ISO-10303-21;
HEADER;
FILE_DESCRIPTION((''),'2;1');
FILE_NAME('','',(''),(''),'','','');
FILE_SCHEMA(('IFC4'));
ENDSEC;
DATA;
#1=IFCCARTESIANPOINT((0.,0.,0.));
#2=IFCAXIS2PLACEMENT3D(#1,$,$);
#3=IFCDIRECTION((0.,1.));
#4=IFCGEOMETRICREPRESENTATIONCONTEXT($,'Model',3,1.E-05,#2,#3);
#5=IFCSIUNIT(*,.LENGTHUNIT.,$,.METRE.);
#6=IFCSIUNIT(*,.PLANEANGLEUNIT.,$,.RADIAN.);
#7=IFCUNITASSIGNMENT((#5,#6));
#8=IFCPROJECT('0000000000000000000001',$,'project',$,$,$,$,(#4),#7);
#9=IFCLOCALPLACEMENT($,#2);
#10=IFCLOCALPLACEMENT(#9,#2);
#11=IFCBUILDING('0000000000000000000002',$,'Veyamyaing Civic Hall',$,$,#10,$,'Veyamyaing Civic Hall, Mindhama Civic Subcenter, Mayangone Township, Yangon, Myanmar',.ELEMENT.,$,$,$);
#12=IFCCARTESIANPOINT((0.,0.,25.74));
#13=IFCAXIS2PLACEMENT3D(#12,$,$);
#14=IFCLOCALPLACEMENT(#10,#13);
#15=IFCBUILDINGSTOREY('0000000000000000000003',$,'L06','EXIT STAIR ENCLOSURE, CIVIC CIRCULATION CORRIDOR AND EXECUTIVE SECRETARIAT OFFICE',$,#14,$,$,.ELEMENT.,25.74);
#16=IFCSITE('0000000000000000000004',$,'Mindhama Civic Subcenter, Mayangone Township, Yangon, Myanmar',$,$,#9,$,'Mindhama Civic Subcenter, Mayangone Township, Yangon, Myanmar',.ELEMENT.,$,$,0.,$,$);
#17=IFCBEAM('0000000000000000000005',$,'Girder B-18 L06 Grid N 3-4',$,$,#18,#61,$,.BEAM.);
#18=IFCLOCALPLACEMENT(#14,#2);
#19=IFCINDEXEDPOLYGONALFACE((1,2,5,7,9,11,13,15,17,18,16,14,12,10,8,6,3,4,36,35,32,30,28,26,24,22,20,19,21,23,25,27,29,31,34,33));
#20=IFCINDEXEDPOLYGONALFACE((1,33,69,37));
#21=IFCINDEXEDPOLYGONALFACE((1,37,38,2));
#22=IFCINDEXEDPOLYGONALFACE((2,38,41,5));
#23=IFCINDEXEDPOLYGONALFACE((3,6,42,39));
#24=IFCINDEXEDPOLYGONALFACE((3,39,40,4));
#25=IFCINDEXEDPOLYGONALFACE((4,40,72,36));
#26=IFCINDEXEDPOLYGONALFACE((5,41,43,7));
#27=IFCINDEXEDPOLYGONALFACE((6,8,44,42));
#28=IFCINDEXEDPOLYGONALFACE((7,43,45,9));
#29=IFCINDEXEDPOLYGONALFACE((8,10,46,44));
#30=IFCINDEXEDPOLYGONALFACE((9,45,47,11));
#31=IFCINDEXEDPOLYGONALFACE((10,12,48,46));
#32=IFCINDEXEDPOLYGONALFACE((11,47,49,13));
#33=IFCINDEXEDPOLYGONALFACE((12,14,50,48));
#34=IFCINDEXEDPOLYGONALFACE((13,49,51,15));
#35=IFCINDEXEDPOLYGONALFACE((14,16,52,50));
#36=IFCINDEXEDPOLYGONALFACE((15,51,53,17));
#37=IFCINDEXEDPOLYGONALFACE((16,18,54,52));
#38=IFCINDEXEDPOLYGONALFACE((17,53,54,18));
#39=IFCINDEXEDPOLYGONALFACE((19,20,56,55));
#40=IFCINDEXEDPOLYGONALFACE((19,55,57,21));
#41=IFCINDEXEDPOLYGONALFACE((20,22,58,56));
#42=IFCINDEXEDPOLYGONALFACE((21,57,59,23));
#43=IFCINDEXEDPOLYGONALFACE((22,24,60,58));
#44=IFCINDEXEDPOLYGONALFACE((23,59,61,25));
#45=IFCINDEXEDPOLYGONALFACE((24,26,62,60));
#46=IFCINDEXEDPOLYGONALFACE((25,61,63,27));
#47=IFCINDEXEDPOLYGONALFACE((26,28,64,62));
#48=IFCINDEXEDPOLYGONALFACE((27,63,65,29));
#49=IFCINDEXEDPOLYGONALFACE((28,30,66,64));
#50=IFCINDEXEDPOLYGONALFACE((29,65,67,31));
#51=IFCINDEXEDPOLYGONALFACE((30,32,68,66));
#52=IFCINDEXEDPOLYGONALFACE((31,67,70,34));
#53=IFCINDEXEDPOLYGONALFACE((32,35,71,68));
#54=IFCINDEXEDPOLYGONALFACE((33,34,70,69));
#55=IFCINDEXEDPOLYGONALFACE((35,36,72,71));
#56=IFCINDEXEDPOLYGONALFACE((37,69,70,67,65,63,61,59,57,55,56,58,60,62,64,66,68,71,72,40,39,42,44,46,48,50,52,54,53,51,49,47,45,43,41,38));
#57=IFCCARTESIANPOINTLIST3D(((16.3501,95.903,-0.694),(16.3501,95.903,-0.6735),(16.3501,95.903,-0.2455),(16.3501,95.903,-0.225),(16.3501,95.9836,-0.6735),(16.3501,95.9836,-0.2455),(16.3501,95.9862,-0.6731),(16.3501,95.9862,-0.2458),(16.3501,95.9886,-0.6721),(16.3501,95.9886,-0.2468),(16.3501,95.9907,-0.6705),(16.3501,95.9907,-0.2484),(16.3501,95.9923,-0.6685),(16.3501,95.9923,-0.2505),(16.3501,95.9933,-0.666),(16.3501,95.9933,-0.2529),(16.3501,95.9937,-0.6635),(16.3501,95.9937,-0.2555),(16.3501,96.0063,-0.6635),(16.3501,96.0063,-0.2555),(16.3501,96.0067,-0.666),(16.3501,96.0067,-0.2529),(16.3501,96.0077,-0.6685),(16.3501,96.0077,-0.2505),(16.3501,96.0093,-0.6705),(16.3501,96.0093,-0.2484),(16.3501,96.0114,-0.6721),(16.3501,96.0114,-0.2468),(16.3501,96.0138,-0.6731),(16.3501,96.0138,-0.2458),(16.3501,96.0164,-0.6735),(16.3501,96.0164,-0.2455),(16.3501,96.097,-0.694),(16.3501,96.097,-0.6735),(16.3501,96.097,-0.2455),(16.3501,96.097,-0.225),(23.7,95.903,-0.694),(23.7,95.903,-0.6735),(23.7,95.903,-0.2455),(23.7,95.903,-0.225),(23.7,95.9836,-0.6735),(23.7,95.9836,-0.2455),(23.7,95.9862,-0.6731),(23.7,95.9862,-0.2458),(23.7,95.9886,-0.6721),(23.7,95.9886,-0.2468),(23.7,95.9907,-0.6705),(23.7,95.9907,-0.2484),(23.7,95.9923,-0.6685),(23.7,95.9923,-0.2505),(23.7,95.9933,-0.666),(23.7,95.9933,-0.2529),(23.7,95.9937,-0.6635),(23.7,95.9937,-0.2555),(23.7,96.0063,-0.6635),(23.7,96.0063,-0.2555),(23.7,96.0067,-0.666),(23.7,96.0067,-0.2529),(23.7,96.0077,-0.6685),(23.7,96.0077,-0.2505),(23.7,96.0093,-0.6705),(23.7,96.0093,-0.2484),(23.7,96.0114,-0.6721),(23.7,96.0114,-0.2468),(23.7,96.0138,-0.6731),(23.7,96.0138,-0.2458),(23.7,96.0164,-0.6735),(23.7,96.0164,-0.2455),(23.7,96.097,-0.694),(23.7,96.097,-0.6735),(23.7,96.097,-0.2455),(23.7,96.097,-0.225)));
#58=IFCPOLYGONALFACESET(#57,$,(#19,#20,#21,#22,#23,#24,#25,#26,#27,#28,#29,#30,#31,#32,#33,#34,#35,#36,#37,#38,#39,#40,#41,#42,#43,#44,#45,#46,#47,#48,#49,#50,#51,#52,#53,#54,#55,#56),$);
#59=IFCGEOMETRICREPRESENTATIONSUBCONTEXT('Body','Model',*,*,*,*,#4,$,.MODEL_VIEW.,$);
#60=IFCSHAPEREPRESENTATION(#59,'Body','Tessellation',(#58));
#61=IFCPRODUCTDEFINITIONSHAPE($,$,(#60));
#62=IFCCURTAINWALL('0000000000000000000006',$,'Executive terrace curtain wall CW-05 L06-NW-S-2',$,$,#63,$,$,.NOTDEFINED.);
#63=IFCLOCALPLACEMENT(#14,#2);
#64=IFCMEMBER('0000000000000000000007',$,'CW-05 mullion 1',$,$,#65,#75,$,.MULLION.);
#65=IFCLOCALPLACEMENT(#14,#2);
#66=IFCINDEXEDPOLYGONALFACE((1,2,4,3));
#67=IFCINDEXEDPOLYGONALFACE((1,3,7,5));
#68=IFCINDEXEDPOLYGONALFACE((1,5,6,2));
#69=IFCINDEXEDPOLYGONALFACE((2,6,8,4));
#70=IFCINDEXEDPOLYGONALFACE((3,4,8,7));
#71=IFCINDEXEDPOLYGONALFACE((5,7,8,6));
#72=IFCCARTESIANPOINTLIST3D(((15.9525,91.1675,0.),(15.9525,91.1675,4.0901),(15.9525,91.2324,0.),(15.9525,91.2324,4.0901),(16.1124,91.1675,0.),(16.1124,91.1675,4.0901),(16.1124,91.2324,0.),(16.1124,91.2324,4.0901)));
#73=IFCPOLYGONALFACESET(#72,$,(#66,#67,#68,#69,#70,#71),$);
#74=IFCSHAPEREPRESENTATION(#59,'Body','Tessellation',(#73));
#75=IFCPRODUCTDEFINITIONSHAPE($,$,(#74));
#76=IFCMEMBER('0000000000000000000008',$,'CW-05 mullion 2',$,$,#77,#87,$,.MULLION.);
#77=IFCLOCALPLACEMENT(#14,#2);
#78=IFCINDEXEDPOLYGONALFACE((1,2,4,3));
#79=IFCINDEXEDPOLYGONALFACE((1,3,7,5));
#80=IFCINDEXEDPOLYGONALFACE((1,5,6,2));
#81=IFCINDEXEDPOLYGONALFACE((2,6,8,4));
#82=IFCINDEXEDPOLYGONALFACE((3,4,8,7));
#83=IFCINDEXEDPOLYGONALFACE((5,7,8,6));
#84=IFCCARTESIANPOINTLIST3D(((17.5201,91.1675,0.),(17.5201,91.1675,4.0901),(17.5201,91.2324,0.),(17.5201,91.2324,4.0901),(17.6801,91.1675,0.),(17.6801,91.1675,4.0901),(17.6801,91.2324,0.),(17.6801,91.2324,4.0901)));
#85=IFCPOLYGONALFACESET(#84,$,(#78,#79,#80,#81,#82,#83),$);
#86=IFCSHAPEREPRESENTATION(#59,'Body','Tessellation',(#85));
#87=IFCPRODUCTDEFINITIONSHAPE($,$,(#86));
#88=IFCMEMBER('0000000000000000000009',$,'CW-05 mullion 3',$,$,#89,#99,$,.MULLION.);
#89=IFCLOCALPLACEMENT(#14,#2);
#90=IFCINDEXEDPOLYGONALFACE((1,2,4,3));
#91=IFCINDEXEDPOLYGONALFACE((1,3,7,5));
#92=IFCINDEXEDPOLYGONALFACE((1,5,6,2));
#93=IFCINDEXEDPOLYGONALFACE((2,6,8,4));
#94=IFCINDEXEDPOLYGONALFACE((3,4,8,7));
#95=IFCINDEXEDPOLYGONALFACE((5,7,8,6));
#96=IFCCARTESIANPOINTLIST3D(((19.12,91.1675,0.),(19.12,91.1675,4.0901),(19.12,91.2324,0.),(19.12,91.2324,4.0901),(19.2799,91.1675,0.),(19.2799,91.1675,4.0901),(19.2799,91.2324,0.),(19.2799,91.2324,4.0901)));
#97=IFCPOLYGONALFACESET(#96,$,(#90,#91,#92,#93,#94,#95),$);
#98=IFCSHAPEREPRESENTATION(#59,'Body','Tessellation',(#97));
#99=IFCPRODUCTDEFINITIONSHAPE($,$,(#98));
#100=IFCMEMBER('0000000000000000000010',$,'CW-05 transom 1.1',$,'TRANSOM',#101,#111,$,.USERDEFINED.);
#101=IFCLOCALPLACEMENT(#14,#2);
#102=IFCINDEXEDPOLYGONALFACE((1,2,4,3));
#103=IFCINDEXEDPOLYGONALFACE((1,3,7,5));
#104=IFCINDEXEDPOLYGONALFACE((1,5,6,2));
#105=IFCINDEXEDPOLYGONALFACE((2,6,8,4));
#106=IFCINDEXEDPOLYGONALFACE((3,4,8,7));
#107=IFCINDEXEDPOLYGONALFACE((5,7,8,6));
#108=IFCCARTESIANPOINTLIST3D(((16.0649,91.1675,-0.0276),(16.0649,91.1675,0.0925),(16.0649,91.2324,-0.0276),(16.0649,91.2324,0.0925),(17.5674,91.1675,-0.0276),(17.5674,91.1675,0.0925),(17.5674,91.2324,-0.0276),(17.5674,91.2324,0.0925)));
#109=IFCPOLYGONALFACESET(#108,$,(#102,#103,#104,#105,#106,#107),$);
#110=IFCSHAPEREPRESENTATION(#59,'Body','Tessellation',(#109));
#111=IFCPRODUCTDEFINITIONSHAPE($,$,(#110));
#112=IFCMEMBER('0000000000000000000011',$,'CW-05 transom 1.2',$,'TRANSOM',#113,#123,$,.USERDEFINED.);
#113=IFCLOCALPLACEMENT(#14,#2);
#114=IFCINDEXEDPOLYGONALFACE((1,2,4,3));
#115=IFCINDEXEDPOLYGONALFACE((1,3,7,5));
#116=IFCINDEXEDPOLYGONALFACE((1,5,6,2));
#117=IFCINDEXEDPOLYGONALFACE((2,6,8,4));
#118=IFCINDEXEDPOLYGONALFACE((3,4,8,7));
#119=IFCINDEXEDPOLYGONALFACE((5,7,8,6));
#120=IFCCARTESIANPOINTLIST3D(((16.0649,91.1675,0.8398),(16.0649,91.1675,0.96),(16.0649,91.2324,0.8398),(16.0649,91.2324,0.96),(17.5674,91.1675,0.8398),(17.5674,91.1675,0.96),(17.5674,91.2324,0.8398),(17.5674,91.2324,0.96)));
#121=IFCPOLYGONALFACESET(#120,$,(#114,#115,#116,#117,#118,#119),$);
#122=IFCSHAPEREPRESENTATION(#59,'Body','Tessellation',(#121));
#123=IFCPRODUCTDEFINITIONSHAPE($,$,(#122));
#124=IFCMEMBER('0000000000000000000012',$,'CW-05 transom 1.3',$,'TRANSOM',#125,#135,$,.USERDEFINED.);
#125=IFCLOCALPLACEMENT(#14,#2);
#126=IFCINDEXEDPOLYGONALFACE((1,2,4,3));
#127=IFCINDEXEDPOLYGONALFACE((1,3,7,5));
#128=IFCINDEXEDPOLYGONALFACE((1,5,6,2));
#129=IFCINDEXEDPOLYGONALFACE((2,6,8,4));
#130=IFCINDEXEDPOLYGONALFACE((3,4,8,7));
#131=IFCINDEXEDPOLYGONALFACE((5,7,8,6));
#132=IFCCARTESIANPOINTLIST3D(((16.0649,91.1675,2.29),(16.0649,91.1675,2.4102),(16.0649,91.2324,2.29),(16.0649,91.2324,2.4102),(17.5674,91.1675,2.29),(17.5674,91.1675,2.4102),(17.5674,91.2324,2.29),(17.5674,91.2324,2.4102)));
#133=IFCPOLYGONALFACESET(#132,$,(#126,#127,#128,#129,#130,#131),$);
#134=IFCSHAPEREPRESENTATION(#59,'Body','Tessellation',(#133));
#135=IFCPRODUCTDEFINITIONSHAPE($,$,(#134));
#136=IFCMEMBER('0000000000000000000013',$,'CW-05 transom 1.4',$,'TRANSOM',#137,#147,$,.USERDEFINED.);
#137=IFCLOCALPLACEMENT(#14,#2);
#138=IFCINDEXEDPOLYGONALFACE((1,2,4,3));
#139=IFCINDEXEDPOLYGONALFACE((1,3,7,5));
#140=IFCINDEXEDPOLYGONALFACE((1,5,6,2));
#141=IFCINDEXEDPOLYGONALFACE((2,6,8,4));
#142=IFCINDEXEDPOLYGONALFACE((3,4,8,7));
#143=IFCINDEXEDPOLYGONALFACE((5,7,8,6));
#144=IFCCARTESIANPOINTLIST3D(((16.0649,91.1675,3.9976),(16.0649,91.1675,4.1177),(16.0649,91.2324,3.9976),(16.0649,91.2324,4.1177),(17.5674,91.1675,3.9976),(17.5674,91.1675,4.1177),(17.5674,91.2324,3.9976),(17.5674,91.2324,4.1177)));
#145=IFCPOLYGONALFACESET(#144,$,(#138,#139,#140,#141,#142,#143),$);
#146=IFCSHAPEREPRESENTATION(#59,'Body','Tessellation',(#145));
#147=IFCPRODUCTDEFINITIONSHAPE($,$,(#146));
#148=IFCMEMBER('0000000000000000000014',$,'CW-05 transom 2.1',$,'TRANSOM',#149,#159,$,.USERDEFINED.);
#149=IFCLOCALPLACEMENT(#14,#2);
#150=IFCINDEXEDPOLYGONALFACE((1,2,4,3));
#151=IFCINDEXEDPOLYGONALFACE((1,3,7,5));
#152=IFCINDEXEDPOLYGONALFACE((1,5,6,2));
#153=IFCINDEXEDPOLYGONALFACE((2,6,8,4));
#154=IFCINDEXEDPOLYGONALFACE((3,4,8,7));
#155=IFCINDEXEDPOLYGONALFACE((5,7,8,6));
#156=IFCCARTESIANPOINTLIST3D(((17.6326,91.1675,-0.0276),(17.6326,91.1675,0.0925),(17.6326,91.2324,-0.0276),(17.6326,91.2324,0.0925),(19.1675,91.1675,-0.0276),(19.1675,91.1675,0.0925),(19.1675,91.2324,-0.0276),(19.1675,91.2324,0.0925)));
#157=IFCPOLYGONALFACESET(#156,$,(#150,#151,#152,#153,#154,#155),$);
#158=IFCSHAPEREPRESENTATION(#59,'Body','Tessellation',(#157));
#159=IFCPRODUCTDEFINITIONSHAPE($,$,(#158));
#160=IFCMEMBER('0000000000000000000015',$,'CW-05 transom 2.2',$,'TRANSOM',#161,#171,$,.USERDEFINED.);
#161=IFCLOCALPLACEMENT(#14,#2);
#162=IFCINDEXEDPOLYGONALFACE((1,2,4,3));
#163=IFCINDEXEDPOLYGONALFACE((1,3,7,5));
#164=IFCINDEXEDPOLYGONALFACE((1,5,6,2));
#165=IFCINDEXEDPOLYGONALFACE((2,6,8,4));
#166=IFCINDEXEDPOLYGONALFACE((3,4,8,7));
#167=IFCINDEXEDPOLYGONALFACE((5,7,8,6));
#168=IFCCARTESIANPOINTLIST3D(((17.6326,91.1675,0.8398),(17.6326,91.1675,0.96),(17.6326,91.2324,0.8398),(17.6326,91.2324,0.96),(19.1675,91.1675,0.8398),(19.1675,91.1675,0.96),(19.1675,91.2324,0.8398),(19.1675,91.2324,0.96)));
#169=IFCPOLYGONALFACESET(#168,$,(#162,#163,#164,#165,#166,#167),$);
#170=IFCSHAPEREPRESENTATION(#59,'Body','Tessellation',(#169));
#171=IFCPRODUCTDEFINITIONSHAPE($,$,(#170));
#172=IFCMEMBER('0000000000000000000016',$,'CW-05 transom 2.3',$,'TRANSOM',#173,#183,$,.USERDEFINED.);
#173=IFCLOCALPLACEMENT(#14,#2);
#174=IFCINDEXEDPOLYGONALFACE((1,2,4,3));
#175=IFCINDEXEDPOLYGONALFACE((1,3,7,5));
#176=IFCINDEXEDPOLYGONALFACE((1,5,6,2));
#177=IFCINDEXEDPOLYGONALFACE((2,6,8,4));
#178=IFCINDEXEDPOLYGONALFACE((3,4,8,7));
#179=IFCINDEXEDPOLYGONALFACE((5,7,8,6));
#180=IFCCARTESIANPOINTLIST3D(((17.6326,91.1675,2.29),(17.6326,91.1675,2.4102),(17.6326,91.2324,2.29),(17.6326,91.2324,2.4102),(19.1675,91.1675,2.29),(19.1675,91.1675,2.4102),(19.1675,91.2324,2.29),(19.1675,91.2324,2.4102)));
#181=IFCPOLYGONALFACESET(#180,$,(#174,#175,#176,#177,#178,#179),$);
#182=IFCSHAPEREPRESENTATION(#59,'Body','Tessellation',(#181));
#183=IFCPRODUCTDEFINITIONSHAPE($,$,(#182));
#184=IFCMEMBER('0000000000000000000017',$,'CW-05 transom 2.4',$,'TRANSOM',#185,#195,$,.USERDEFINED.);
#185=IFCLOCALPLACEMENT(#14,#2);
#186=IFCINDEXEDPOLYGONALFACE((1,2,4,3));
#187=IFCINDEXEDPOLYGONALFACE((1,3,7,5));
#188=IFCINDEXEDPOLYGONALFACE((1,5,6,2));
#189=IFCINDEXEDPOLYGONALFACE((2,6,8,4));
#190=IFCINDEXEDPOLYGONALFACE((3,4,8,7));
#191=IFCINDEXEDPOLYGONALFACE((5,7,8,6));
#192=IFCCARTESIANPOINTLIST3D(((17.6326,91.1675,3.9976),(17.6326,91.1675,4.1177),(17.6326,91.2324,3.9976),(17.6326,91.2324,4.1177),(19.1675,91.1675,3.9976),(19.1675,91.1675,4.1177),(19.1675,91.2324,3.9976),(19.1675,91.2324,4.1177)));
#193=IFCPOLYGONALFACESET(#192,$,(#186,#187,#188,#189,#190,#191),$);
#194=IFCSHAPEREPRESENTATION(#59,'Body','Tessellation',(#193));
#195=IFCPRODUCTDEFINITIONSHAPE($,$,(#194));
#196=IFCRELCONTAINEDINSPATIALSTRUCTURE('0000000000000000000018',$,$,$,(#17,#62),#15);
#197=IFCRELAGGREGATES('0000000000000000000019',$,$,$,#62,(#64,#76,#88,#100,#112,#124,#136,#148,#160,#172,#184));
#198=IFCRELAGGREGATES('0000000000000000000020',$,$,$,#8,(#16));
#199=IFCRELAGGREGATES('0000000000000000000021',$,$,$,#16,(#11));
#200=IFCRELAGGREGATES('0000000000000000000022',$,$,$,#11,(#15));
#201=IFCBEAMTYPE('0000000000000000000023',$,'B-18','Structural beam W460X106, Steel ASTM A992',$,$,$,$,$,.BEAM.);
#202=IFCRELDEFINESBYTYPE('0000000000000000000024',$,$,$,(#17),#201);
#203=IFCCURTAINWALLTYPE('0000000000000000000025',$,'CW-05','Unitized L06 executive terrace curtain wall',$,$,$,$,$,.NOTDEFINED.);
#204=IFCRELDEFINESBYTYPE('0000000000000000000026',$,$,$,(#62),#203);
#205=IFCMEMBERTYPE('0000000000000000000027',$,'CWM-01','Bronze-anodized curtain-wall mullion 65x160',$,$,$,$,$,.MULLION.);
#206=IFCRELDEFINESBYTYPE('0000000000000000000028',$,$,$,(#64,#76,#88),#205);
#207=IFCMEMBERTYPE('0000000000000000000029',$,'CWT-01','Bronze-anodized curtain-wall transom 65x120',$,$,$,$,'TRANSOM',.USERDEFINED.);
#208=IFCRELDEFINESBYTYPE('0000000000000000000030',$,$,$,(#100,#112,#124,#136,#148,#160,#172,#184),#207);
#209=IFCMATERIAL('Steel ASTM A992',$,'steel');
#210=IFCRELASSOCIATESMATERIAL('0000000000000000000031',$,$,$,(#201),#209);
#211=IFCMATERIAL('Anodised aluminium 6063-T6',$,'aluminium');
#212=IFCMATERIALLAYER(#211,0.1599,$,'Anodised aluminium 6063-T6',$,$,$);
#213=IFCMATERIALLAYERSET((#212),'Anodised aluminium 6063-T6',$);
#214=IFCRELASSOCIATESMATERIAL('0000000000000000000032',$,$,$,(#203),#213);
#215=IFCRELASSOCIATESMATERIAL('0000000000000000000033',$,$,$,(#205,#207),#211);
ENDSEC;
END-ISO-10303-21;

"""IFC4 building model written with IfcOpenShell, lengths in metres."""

from ifc_helpers import new_model, si_unit, direction, frame, origin, origin_2d, place, context, subcontext, project, spatial, rectangle, i_section, extrude, material, layer, layer_set, material_profile, profile_set, type_object, element, aggregate, save


model = new_model("IFC4")

# Units and contexts
model_context = context("Model", 3, precision=1e-05, world=origin(), true_north=direction((0.0, 1.0)))
body_context = subcontext(model_context, "Body", "Model", "MODEL_VIEW")
ifc_project = project(units=[si_unit("LENGTHUNIT", "METRE"), si_unit("PLANEANGLEUNIT", "RADIAN")], contexts=[model_context])

# Site, building, storey
site_placement = place(None, origin())
site = spatial("IfcSite", under=ifc_project, at=site_placement, Name="Mindhama Civic Subcenter, Mayangone Township, Yangon, Myanmar", LongName="Mindhama Civic Subcenter, Mayangone Township, Yangon, Myanmar", CompositionType="ELEMENT", RefElevation=0.0)
building_placement = place(site_placement, origin())
building = spatial("IfcBuilding", under=site, at=building_placement, Name="Veyamyaing Civic Hall", LongName="Veyamyaing Civic Hall, Mindhama Civic Subcenter, Mayangone Township, Yangon, Myanmar", CompositionType="ELEMENT")
storey_placement = place(building_placement, frame((0.0, 0.0, 25.74)))
storey = spatial("IfcBuildingStorey", under=building, at=storey_placement, Name="L06", Description="EXIT STAIR ENCLOSURE, CIVIC CIRCULATION CORRIDOR AND EXECUTIVE SECRETARIAT OFFICE", CompositionType="ELEMENT", Elevation=25.74)

# Beam
ifc_material_1 = material(Name="Steel ASTM A992", Category="steel")
ifc_material_profile_1 = material_profile(ifc_material_1, i_section(OverallWidth=0.1941, OverallDepth=0.469, WebThickness=0.0127, FlangeThickness=0.0205, FilletRadius=0.01, at=origin_2d()), Name="W460X106")
ifc_profile_set_1 = profile_set([ifc_material_profile_1], Name="Steel ASTM A992")
beam_type_1 = type_object("IfcBeamType", Name="B-18", Description="Structural beam W460X106, Steel ASTM A992", PredefinedType="BEAM", material=ifc_profile_set_1)
beam_placement = place(storey_placement, frame((16.3501, 96.0, -0.4595), z_axis=(1.0, 0.0, 0.0), x_axis=(0.0, 1.0, 0.0)))
element("IfcBeam", 1, at=beam_placement, inside=storey, type_object=beam_type_1, Name="Girder B-18 L06 Grid N 3-4", PredefinedType="BEAM", context=body_context, shape_type="SweptSolid", body=[
    extrude(i_section(OverallWidth=0.1941, OverallDepth=0.469, WebThickness=0.0127, FlangeThickness=0.0205, FilletRadius=0.01, at=origin_2d()), origin(), (0.0, 0.0, 1.0), 7.3499),
])

# Curtain wall, members
ifc_material_2 = material(Name="Anodised aluminium 6063-T6", Category="aluminium")
ifc_layer_1 = layer(ifc_material_2, 0.1599, Name="Anodised aluminium 6063-T6")
ifc_layer_set_1 = layer_set([ifc_layer_1], Name="Anodised aluminium 6063-T6")
curtain_wall_type = type_object("IfcCurtainWallType", Name="CW-05", Description="Unitized L06 executive terrace curtain wall", PredefinedType="NOTDEFINED", material=ifc_layer_set_1)
curtain_wall_placement = place(storey_placement, origin())
curtain_wall = element("IfcCurtainWall", 2, at=curtain_wall_placement, inside=storey, type_object=curtain_wall_type, Name="Executive terrace curtain wall CW-05 L06-NW-S-2", PredefinedType="NOTDEFINED")
ifc_material_profile_2 = material_profile(ifc_material_2, rectangle(XDim=0.0649, YDim=0.1599, at=origin_2d()), Name="ALU-MUL-65X160")
ifc_profile_set_2 = profile_set([ifc_material_profile_2], Name="Anodised aluminium 6063-T6")
member_type_1 = type_object("IfcMemberType", Name="CWM-01", Description="Bronze-anodized curtain-wall mullion 65x160", PredefinedType="MULLION", material=ifc_profile_set_2)
member_1_placement = place(storey_placement, frame((16.0325, 91.2, 0.0), z_axis=(0.0, 0.0, 1.0), x_axis=(0.0, 1.0, 0.0)))
member_1 = element("IfcMember", 3, at=member_1_placement, type_object=member_type_1, Name="CW-05 mullion 1", PredefinedType="MULLION", context=body_context, shape_type="SweptSolid", body=[
    extrude(rectangle(XDim=0.0649, YDim=0.1599, at=origin_2d()), origin(), (0.0, 0.0, 1.0), 4.0901),
])
member_2_placement = place(storey_placement, frame((17.6001, 91.2, 0.0), z_axis=(0.0, 0.0, 1.0), x_axis=(0.0, 1.0, 0.0)))
member_2 = element("IfcMember", 4, at=member_2_placement, type_object=member_type_1, Name="CW-05 mullion 2", PredefinedType="MULLION", context=body_context, shape_type="SweptSolid", body=[
    extrude(rectangle(XDim=0.0649, YDim=0.1599, at=origin_2d()), origin(), (0.0, 0.0, 1.0), 4.0901),
])
member_3_placement = place(storey_placement, frame((19.2, 91.2, 0.0), z_axis=(0.0, 0.0, 1.0), x_axis=(0.0, 1.0, 0.0)))
member_3 = element("IfcMember", 5, at=member_3_placement, type_object=member_type_1, Name="CW-05 mullion 3", PredefinedType="MULLION", context=body_context, shape_type="SweptSolid", body=[
    extrude(rectangle(XDim=0.0649, YDim=0.1599, at=origin_2d()), origin(), (0.0, 0.0, 1.0), 4.0901),
])
ifc_material_profile_3 = material_profile(ifc_material_2, rectangle(XDim=0.0649, YDim=0.1201, at=origin_2d()), Name="ALU-TRN-65X120")
ifc_profile_set_3 = profile_set([ifc_material_profile_3], Name="Anodised aluminium 6063-T6")
member_type_2 = type_object("IfcMemberType", Name="CWT-01", Description="Bronze-anodized curtain-wall transom 65x120", ElementType="TRANSOM", PredefinedType="USERDEFINED", material=ifc_profile_set_3)
member_4_placement = place(storey_placement, frame((16.0649, 91.2, 0.0325), z_axis=(1.0, 0.0, 0.0), x_axis=(0.0, 1.0, 0.0)))
member_4 = element("IfcMember", 6, at=member_4_placement, type_object=member_type_2, Name="CW-05 transom 1.1", ObjectType="TRANSOM", PredefinedType="USERDEFINED", context=body_context, shape_type="SweptSolid", body=[
    extrude(rectangle(XDim=0.0649, YDim=0.1201, at=origin_2d()), origin(), (0.0, 0.0, 1.0), 1.5024),
])
member_5_placement = place(storey_placement, frame((16.0649, 91.2, 0.8999), z_axis=(1.0, 0.0, 0.0), x_axis=(0.0, 1.0, 0.0)))
member_5 = element("IfcMember", 7, at=member_5_placement, type_object=member_type_2, Name="CW-05 transom 1.2", ObjectType="TRANSOM", PredefinedType="USERDEFINED", context=body_context, shape_type="SweptSolid", body=[
    extrude(rectangle(XDim=0.0649, YDim=0.1201, at=origin_2d()), origin(), (0.0, 0.0, 1.0), 1.5024),
])
member_6_placement = place(storey_placement, frame((16.0649, 91.2, 2.3501), z_axis=(1.0, 0.0, 0.0), x_axis=(0.0, 1.0, 0.0)))
member_6 = element("IfcMember", 8, at=member_6_placement, type_object=member_type_2, Name="CW-05 transom 1.3", ObjectType="TRANSOM", PredefinedType="USERDEFINED", context=body_context, shape_type="SweptSolid", body=[
    extrude(rectangle(XDim=0.0649, YDim=0.1201, at=origin_2d()), origin(), (0.0, 0.0, 1.0), 1.5024),
])
member_7_placement = place(storey_placement, frame((16.0649, 91.2, 4.0576), z_axis=(1.0, 0.0, 0.0), x_axis=(0.0, 1.0, 0.0)))
member_7 = element("IfcMember", 9, at=member_7_placement, type_object=member_type_2, Name="CW-05 transom 1.4", ObjectType="TRANSOM", PredefinedType="USERDEFINED", context=body_context, shape_type="SweptSolid", body=[
    extrude(rectangle(XDim=0.0649, YDim=0.1201, at=origin_2d()), origin(), (0.0, 0.0, 1.0), 1.5024),
])
member_8_placement = place(storey_placement, frame((17.6326, 91.2, 0.0325), z_axis=(1.0, 0.0, 0.0), x_axis=(0.0, 1.0, 0.0)))
member_8 = element("IfcMember", 10, at=member_8_placement, type_object=member_type_2, Name="CW-05 transom 2.1", ObjectType="TRANSOM", PredefinedType="USERDEFINED", context=body_context, shape_type="SweptSolid", body=[
    extrude(rectangle(XDim=0.0649, YDim=0.1201, at=origin_2d()), origin(), (0.0, 0.0, 1.0), 1.5349),
])
member_9_placement = place(storey_placement, frame((17.6326, 91.2, 0.8999), z_axis=(1.0, 0.0, 0.0), x_axis=(0.0, 1.0, 0.0)))
member_9 = element("IfcMember", 11, at=member_9_placement, type_object=member_type_2, Name="CW-05 transom 2.2", ObjectType="TRANSOM", PredefinedType="USERDEFINED", context=body_context, shape_type="SweptSolid", body=[
    extrude(rectangle(XDim=0.0649, YDim=0.1201, at=origin_2d()), origin(), (0.0, 0.0, 1.0), 1.5349),
])
member_10_placement = place(storey_placement, frame((17.6326, 91.2, 2.3501), z_axis=(1.0, 0.0, 0.0), x_axis=(0.0, 1.0, 0.0)))
member_10 = element("IfcMember", 12, at=member_10_placement, type_object=member_type_2, Name="CW-05 transom 2.3", ObjectType="TRANSOM", PredefinedType="USERDEFINED", context=body_context, shape_type="SweptSolid", body=[
    extrude(rectangle(XDim=0.0649, YDim=0.1201, at=origin_2d()), origin(), (0.0, 0.0, 1.0), 1.5349),
])
member_11_placement = place(storey_placement, frame((17.6326, 91.2, 4.0576), z_axis=(1.0, 0.0, 0.0), x_axis=(0.0, 1.0, 0.0)))
member_11 = element("IfcMember", 13, at=member_11_placement, type_object=member_type_2, Name="CW-05 transom 2.4", ObjectType="TRANSOM", PredefinedType="USERDEFINED", context=body_context, shape_type="SweptSolid", body=[
    extrude(rectangle(XDim=0.0649, YDim=0.1201, at=origin_2d()), origin(), (0.0, 0.0, 1.0), 1.5349),
])

aggregate(curtain_wall, [member_1, member_2, member_3, member_4, member_5, member_6, member_7, member_8, member_9, member_10, member_11])

save(model, "model.ifc")
